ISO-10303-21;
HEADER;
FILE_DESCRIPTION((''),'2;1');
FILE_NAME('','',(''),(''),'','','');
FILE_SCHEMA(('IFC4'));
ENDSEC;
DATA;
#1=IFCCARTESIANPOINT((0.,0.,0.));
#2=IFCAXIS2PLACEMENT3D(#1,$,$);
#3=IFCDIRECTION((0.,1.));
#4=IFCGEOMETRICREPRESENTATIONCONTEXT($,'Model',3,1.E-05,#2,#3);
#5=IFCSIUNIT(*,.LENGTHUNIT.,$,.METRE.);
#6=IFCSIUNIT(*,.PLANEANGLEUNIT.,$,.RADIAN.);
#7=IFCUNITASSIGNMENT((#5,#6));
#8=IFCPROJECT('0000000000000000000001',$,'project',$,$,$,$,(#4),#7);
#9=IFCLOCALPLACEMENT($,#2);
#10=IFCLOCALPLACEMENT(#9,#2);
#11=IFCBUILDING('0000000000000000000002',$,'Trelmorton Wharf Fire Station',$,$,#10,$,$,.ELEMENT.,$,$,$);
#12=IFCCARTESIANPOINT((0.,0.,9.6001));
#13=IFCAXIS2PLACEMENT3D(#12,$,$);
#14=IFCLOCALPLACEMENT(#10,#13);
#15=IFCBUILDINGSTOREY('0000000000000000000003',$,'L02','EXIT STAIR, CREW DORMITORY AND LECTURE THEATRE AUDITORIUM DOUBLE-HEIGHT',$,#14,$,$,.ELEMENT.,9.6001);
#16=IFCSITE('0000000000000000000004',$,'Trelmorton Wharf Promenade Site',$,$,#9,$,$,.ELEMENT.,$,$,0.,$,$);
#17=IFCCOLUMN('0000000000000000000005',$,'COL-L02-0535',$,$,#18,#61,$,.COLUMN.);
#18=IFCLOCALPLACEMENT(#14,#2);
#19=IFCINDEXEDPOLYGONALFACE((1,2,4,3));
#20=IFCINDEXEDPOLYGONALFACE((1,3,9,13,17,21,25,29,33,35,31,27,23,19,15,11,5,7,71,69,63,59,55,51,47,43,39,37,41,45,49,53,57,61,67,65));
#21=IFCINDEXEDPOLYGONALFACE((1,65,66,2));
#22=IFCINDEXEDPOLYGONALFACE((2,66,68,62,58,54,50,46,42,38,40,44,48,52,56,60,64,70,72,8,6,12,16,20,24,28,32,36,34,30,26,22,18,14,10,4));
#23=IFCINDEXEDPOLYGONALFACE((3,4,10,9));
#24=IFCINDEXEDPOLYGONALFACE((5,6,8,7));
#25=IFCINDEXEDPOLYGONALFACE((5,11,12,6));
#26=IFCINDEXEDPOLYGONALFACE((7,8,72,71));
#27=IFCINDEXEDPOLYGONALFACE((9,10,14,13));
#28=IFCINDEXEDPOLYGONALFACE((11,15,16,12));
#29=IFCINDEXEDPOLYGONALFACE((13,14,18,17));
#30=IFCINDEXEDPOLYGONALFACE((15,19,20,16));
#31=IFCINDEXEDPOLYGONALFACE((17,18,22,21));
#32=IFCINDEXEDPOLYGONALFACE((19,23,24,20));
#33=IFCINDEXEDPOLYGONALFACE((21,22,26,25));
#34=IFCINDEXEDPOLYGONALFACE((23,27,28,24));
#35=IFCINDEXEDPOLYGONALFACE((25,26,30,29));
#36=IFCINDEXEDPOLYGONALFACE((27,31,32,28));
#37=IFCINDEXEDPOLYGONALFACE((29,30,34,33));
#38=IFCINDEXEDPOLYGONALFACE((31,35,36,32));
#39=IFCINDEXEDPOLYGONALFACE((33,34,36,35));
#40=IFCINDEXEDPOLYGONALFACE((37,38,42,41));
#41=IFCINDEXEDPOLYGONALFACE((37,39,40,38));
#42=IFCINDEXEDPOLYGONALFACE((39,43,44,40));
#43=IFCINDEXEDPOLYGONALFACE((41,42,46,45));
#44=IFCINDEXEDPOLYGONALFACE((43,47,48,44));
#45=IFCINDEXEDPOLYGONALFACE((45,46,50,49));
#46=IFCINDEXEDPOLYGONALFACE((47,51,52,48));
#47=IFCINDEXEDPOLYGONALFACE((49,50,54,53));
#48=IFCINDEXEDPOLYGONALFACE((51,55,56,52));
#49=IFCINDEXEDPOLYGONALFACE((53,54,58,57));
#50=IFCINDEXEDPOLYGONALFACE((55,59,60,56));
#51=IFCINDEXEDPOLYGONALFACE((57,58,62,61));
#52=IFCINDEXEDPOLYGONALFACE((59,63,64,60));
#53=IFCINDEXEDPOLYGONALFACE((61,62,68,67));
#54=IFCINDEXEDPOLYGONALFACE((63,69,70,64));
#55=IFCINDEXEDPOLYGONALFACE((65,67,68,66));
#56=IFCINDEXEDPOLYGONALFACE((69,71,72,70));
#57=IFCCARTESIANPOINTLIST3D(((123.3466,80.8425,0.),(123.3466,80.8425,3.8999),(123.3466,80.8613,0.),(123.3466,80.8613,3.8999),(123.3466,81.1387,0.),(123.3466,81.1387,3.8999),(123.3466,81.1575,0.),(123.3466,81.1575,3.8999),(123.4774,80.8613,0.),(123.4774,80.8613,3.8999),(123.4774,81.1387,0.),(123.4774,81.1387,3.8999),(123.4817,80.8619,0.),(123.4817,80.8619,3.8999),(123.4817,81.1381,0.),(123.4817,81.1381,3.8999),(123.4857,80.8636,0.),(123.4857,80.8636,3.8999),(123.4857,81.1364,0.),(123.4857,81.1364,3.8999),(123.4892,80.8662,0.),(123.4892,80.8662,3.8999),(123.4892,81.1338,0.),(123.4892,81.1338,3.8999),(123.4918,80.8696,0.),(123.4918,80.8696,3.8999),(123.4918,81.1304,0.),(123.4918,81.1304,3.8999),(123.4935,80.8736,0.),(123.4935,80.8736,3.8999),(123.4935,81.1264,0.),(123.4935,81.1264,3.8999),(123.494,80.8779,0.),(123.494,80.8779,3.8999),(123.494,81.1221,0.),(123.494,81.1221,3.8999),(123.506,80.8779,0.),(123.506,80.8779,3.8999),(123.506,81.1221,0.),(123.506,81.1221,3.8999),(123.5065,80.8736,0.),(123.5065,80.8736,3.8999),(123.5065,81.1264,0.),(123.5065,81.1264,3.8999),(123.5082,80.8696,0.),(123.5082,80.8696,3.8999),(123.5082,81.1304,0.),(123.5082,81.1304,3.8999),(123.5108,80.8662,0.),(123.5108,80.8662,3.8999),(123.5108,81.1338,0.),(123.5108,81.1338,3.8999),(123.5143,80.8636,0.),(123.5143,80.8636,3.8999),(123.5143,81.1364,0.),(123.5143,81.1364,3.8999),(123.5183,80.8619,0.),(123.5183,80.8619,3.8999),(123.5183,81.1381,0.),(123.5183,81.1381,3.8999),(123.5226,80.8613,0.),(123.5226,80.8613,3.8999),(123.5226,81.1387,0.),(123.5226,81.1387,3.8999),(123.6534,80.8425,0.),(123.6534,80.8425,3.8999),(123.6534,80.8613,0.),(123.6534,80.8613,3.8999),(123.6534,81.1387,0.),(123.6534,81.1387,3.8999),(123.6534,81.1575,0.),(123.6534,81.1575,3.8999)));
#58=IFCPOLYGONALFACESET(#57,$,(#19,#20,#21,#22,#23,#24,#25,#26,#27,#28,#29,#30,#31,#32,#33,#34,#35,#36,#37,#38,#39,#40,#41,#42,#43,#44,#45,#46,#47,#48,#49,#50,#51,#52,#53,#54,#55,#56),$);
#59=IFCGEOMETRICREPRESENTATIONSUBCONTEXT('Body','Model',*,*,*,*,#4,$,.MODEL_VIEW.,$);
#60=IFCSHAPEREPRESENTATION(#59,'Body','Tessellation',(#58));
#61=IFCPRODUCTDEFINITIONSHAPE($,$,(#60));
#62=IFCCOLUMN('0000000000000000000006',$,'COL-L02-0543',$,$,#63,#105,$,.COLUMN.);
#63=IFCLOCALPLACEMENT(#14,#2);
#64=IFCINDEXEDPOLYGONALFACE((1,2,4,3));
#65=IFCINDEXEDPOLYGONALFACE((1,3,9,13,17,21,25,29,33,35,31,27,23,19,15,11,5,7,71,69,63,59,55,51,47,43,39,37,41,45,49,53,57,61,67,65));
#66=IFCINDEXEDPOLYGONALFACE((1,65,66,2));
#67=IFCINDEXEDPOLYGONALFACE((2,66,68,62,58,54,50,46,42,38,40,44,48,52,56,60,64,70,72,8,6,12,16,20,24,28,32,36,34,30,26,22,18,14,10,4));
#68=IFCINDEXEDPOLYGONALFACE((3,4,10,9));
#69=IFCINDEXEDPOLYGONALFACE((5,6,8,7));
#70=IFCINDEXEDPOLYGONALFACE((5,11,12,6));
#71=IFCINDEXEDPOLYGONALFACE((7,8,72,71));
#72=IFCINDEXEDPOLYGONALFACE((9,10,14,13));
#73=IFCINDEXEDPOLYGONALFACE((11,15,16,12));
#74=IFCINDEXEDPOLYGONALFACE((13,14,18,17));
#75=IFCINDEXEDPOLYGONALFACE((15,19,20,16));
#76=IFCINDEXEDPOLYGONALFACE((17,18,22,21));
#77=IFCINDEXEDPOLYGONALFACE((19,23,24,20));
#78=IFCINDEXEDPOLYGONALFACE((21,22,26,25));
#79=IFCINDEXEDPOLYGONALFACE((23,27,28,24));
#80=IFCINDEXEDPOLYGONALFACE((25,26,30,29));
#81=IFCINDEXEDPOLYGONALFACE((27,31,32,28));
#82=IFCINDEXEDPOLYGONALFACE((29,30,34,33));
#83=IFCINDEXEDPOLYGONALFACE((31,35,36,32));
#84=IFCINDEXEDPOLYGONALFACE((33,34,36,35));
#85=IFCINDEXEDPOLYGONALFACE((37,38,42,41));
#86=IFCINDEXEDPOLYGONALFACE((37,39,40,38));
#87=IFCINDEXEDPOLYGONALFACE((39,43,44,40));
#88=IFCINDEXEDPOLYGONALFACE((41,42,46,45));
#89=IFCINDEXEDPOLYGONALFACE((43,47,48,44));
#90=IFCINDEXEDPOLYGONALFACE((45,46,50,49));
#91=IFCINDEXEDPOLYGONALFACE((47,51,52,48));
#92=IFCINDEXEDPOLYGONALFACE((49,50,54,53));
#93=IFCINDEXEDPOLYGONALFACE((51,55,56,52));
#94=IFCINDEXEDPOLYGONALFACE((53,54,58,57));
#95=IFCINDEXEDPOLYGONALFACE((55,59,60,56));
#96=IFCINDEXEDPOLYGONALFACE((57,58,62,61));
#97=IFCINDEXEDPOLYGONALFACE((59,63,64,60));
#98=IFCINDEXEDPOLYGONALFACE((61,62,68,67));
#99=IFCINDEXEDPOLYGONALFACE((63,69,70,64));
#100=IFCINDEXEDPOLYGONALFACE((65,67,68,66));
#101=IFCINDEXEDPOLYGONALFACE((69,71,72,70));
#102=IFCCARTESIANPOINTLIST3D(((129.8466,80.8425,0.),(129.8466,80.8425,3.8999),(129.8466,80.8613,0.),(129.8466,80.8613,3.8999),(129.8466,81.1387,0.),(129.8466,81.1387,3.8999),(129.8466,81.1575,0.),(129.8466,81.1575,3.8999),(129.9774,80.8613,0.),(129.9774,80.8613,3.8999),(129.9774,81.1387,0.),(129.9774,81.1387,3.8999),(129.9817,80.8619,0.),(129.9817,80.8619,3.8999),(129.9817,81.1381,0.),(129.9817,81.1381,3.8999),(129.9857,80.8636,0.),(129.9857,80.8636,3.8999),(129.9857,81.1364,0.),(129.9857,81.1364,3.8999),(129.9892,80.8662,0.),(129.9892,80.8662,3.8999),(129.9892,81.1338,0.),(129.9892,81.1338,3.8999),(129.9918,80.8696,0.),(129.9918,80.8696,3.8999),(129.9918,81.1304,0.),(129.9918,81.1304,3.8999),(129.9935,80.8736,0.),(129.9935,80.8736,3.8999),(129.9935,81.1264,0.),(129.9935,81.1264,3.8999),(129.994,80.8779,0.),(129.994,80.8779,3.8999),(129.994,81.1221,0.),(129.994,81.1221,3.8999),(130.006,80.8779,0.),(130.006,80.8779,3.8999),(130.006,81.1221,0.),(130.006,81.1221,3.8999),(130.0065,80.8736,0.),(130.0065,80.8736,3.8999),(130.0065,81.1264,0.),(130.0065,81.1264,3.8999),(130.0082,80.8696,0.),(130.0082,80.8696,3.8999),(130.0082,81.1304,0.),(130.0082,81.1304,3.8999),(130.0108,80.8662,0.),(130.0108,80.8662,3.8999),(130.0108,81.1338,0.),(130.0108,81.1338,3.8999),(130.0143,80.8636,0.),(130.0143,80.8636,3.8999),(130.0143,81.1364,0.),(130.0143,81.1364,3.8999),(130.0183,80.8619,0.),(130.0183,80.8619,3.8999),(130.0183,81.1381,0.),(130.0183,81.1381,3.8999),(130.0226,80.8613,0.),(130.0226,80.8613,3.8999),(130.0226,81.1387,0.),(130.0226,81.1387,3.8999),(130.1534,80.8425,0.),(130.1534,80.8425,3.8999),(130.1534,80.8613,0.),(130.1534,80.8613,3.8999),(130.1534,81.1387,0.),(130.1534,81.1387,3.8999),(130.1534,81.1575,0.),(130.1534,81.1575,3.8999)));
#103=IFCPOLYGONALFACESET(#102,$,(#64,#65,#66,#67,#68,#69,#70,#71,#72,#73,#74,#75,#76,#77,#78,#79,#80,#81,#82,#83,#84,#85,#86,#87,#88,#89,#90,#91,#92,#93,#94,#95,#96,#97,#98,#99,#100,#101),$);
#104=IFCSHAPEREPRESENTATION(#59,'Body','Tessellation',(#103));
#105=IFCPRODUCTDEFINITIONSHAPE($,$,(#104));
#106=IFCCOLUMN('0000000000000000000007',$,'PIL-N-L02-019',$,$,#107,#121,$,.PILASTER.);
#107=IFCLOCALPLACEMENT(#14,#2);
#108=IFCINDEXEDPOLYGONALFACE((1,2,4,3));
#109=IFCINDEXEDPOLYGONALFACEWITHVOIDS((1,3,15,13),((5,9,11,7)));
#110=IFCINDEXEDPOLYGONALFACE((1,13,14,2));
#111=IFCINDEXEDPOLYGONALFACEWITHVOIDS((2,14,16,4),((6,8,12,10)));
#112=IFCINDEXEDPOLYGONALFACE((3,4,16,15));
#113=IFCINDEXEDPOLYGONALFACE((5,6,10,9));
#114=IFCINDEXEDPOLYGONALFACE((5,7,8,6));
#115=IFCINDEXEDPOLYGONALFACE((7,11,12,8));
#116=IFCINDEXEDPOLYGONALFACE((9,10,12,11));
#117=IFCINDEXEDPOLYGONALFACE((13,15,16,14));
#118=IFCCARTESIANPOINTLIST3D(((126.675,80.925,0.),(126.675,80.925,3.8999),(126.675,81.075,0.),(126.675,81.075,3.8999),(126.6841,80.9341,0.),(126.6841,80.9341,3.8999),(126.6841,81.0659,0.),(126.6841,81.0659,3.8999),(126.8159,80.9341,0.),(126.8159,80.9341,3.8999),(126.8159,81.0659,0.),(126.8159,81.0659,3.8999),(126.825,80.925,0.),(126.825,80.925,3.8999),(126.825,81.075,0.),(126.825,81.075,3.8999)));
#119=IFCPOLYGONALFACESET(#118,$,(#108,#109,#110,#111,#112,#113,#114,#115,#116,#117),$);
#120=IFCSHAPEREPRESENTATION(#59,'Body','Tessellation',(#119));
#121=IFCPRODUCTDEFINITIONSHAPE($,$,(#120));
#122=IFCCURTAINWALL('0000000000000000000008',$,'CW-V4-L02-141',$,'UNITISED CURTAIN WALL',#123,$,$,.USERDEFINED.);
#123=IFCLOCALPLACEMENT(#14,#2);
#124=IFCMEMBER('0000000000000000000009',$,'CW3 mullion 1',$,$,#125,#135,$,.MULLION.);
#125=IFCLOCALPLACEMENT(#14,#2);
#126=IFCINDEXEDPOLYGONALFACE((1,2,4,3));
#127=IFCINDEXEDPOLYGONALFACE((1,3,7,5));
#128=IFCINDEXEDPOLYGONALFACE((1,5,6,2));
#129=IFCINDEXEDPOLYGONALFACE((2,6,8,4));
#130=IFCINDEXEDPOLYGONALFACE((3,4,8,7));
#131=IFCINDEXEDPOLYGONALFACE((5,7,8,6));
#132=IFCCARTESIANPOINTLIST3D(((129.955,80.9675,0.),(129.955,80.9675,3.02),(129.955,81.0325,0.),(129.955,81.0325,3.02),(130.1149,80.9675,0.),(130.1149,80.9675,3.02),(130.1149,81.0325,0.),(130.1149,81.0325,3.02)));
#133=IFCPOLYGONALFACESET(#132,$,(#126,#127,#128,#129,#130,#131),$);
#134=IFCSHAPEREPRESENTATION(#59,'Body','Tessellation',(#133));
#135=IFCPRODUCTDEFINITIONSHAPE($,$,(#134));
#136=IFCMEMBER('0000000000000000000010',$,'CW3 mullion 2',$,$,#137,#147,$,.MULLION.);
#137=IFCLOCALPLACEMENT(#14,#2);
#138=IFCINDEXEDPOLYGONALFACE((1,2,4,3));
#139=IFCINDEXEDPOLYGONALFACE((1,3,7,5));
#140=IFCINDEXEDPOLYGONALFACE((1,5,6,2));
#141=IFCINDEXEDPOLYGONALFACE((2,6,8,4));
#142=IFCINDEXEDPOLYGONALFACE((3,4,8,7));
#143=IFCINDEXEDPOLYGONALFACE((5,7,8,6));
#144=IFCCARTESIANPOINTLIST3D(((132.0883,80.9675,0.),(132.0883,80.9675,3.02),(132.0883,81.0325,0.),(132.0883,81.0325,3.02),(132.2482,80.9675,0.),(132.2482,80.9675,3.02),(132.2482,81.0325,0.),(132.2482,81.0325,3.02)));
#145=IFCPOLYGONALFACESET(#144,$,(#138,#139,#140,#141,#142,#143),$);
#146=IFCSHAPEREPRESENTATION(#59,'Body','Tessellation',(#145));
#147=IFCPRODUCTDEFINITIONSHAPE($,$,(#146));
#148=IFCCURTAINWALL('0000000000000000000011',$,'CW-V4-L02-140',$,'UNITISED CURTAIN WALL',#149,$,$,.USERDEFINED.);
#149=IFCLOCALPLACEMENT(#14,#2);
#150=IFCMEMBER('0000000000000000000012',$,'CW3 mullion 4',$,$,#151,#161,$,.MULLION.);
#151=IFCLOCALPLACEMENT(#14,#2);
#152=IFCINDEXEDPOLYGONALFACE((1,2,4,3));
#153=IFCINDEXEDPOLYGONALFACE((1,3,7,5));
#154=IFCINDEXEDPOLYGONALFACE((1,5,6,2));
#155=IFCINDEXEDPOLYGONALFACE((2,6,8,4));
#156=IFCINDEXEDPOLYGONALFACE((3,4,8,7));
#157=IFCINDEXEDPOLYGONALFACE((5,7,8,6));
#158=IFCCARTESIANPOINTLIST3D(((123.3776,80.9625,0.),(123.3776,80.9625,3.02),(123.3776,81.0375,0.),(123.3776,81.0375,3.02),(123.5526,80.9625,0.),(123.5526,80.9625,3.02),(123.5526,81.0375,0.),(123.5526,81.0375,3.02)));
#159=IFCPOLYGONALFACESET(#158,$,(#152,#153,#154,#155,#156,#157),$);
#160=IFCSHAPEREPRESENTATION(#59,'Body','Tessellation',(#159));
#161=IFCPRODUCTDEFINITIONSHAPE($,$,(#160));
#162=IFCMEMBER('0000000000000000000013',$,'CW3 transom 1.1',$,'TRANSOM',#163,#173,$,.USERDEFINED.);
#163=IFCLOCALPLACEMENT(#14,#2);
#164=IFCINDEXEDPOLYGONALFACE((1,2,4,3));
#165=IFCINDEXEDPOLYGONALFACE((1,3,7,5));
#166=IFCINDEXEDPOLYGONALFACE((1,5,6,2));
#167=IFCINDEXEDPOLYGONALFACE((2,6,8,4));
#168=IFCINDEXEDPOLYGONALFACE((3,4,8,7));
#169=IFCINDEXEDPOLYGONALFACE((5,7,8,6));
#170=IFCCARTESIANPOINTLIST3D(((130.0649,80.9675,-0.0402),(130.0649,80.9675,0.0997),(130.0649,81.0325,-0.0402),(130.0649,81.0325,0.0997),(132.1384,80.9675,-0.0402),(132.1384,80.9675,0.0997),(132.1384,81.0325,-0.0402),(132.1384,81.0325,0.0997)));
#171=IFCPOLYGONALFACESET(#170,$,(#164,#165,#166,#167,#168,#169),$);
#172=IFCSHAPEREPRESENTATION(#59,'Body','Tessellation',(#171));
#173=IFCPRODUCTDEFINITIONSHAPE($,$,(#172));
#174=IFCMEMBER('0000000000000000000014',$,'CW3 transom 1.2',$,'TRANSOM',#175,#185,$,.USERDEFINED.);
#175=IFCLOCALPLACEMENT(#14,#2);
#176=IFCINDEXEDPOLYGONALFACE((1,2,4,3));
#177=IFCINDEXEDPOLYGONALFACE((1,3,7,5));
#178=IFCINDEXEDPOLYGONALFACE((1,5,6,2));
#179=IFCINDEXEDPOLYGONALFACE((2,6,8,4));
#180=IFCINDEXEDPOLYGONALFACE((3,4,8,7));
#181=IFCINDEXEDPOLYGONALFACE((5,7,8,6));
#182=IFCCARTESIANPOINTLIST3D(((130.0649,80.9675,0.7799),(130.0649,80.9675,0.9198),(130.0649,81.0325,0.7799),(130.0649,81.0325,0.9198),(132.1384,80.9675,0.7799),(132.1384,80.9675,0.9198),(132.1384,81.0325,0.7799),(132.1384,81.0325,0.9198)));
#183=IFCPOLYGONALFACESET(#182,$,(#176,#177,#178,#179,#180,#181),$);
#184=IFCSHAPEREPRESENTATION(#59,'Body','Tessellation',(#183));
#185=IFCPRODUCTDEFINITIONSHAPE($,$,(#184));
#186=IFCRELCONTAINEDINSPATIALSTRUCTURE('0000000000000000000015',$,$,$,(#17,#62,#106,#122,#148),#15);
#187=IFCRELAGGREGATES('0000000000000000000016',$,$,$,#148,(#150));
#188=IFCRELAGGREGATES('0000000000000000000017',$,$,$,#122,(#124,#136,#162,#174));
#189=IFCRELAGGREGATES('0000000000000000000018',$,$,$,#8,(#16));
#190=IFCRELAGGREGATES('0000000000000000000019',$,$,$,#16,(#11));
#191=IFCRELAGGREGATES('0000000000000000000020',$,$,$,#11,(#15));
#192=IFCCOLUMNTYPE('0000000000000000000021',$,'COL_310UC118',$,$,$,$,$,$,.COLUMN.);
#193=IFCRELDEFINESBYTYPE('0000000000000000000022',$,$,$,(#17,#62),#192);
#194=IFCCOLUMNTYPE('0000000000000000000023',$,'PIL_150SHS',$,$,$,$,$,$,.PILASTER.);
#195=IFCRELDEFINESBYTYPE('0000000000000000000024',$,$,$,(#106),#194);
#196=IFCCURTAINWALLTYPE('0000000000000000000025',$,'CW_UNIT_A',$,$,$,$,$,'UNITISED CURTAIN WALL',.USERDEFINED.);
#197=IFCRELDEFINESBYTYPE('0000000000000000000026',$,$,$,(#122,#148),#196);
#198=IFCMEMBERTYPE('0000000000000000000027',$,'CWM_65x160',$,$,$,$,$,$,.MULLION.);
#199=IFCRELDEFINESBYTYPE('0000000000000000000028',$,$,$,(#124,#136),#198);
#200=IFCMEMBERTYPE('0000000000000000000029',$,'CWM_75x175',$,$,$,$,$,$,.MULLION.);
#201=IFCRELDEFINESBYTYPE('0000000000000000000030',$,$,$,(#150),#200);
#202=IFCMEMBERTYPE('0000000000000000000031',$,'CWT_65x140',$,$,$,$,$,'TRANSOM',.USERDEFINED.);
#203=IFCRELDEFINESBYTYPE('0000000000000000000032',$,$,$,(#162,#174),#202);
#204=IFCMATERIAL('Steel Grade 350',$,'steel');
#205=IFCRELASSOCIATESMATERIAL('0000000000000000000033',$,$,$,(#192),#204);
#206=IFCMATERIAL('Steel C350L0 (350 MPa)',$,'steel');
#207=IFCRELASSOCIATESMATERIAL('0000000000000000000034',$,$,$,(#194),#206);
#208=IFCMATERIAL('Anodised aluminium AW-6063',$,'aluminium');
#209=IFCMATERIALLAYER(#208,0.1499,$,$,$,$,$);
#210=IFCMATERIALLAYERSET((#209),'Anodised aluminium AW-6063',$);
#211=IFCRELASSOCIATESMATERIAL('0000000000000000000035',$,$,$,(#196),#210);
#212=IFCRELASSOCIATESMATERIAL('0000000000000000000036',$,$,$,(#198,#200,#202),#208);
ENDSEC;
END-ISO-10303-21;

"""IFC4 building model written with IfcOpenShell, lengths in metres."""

from ifc_helpers import new_model, si_unit, direction, frame, origin, origin_2d, place, context, subcontext, project, spatial, rectangle, hollow_rectangle, i_section, extrude, material, layer, layer_set, material_profile, profile_set, type_object, element, aggregate, save


model = new_model("IFC4")

# Units and contexts
model_context = context("Model", 3, precision=1e-05, world=origin(), true_north=direction((0.0, 1.0)))
body_context = subcontext(model_context, "Body", "Model", "MODEL_VIEW")
ifc_project = project(units=[si_unit("LENGTHUNIT", "METRE"), si_unit("PLANEANGLEUNIT", "RADIAN")], contexts=[model_context])

# Site, building, storey
site_placement = place(None, origin())
site = spatial("IfcSite", under=ifc_project, at=site_placement, Name="Trelmorton Wharf Promenade Site", CompositionType="ELEMENT", RefElevation=0.0)
building_placement = place(site_placement, origin())
building = spatial("IfcBuilding", under=site, at=building_placement, Name="Trelmorton Wharf Fire Station", CompositionType="ELEMENT")
storey_placement = place(building_placement, frame((0.0, 0.0, 9.6001)))
storey = spatial("IfcBuildingStorey", under=building, at=storey_placement, Name="L02", Description="EXIT STAIR, CREW DORMITORY AND LECTURE THEATRE AUDITORIUM DOUBLE-HEIGHT", CompositionType="ELEMENT", Elevation=9.6001)

# Columns
ifc_material_1 = material(Name="Steel Grade 350", Category="steel")
ifc_material_profile_1 = material_profile(ifc_material_1, i_section(OverallWidth=0.3069, OverallDepth=0.3149, WebThickness=0.012, FlangeThickness=0.0188, FilletRadius=0.0166, at=origin_2d()), Name="310UC118")
ifc_profile_set_1 = profile_set([ifc_material_profile_1], Name="Steel Grade 350")
column_type_1 = type_object("IfcColumnType", Name="COL_310UC118", PredefinedType="COLUMN", material=ifc_profile_set_1)
for number, where, z_axis, x_axis, name in (
    (1, (123.5, 81.0, 0.0), (0.0, 0.0, 1.0), (1.0, 0.0, 0.0), "COL-L02-0535"),
    (2, (130.0, 81.0, 0.0), (0.0, 0.0, 1.0), (1.0, 0.0, 0.0), "COL-L02-0543"),
):
    element("IfcColumn", number, at=place(storey_placement, frame(where, z_axis=z_axis, x_axis=x_axis)), inside=storey, type_object=column_type_1, Name=name, PredefinedType="COLUMN", context=body_context, shape_type="SweptSolid", body=[
        extrude(i_section(OverallWidth=0.3069, OverallDepth=0.3149, WebThickness=0.012, FlangeThickness=0.0188, FilletRadius=0.0166, at=origin_2d()), origin(), (0.0, 0.0, 1.0), 3.8999),
    ])
ifc_material_2 = material(Name="Steel C350L0 (350 MPa)", Category="steel")
ifc_material_profile_2 = material_profile(ifc_material_2, hollow_rectangle(XDim=0.1499, YDim=0.1499, WallThickness=0.009, at=origin_2d()), Name="150x150x9.0SHS")
ifc_profile_set_2 = profile_set([ifc_material_profile_2], Name="Steel C350L0 (350 MPa)")
column_type_2 = type_object("IfcColumnType", Name="PIL_150SHS", PredefinedType="PILASTER", material=ifc_profile_set_2)
column_placement = place(storey_placement, frame((126.75, 81.0, 0.0), z_axis=(0.0, 0.0, 1.0), x_axis=(1.0, 0.0, 0.0)))
element("IfcColumn", 3, at=column_placement, inside=storey, type_object=column_type_2, Name="PIL-N-L02-019", PredefinedType="PILASTER", context=body_context, shape_type="SweptSolid", body=[
    extrude(hollow_rectangle(XDim=0.1499, YDim=0.1499, WallThickness=0.009, at=origin_2d()), origin(), (0.0, 0.0, 1.0), 3.8999),
])

# Curtain wall, members
ifc_material_3 = material(Name="Anodised aluminium AW-6063", Category="aluminium")
ifc_layer_1 = layer(ifc_material_3, 0.1499)
ifc_layer_set_1 = layer_set([ifc_layer_1], Name="Anodised aluminium AW-6063")
curtain_wall_type = type_object("IfcCurtainWallType", Name="CW_UNIT_A", ElementType="UNITISED CURTAIN WALL", PredefinedType="USERDEFINED", material=ifc_layer_set_1)
curtain_wall_1_placement = place(storey_placement, origin())
curtain_wall_1 = element("IfcCurtainWall", 4, at=curtain_wall_1_placement, inside=storey, type_object=curtain_wall_type, Name="CW-V4-L02-141", ObjectType="UNITISED CURTAIN WALL", PredefinedType="USERDEFINED")
ifc_material_profile_3 = material_profile(ifc_material_3, rectangle(XDim=0.0649, YDim=0.1599, at=origin_2d()), Name="ALU-65x160")
ifc_profile_set_3 = profile_set([ifc_material_profile_3], Name="Anodised aluminium AW-6063")
member_type_1 = type_object("IfcMemberType", Name="CWM_65x160", PredefinedType="MULLION", material=ifc_profile_set_3)
member_1_placement = place(storey_placement, frame((130.0349, 81.0, 0.0), z_axis=(0.0, 0.0, 1.0), x_axis=(0.0, 1.0, 0.0)))
member_1 = element("IfcMember", 5, at=member_1_placement, type_object=member_type_1, Name="CW3 mullion 1", PredefinedType="MULLION", context=body_context, shape_type="SweptSolid", body=[
    extrude(rectangle(XDim=0.0649, YDim=0.1599, at=origin_2d()), origin(), (0.0, 0.0, 1.0), 3.02),
])
member_2_placement = place(storey_placement, frame((132.1682, 81.0, 0.0), z_axis=(0.0, 0.0, 1.0), x_axis=(0.0, 1.0, 0.0)))
member_2 = element("IfcMember", 6, at=member_2_placement, type_object=member_type_1, Name="CW3 mullion 2", PredefinedType="MULLION", context=body_context, shape_type="SweptSolid", body=[
    extrude(rectangle(XDim=0.0649, YDim=0.1599, at=origin_2d()), origin(), (0.0, 0.0, 1.0), 3.02),
])

# Curtain wall, member
curtain_wall_2_placement = place(storey_placement, origin())
curtain_wall_2 = element("IfcCurtainWall", 7, at=curtain_wall_2_placement, inside=storey, type_object=curtain_wall_type, Name="CW-V4-L02-140", ObjectType="UNITISED CURTAIN WALL", PredefinedType="USERDEFINED")
ifc_material_profile_4 = material_profile(ifc_material_3, rectangle(XDim=0.075, YDim=0.175, at=origin_2d()), Name="ALU-75x175")
ifc_profile_set_4 = profile_set([ifc_material_profile_4], Name="Anodised aluminium AW-6063")
member_type_2 = type_object("IfcMemberType", Name="CWM_75x175", PredefinedType="MULLION", material=ifc_profile_set_4)
member_3_placement = place(storey_placement, frame((123.4651, 81.0, 0.0), z_axis=(0.0, 0.0, 1.0), x_axis=(0.0, 1.0, 0.0)))
member_3 = element("IfcMember", 8, at=member_3_placement, type_object=member_type_2, Name="CW3 mullion 4", PredefinedType="MULLION", context=body_context, shape_type="SweptSolid", body=[
    extrude(rectangle(XDim=0.075, YDim=0.175, at=origin_2d()), origin(), (0.0, 0.0, 1.0), 3.02),
])

# Members
ifc_material_profile_5 = material_profile(ifc_material_3, rectangle(XDim=0.0649, YDim=0.1399, at=origin_2d()), Name="ALU-65x140")
ifc_profile_set_5 = profile_set([ifc_material_profile_5], Name="Anodised aluminium AW-6063")
member_type_3 = type_object("IfcMemberType", Name="CWT_65x140", ElementType="TRANSOM", PredefinedType="USERDEFINED", material=ifc_profile_set_5)
member_4_placement = place(storey_placement, frame((130.0649, 81.0, 0.0298), z_axis=(1.0, 0.0, 0.0), x_axis=(0.0, 1.0, 0.0)))
member_4 = element("IfcMember", 9, at=member_4_placement, type_object=member_type_3, Name="CW3 transom 1.1", ObjectType="TRANSOM", PredefinedType="USERDEFINED", context=body_context, shape_type="SweptSolid", body=[
    extrude(rectangle(XDim=0.0649, YDim=0.1399, at=origin_2d()), origin(), (0.0, 0.0, 1.0), 2.0735),
])
member_5_placement = place(storey_placement, frame((130.0649, 81.0, 0.8499), z_axis=(1.0, 0.0, 0.0), x_axis=(0.0, 1.0, 0.0)))
member_5 = element("IfcMember", 10, at=member_5_placement, type_object=member_type_3, Name="CW3 transom 1.2", ObjectType="TRANSOM", PredefinedType="USERDEFINED", context=body_context, shape_type="SweptSolid", body=[
    extrude(rectangle(XDim=0.0649, YDim=0.1399, at=origin_2d()), origin(), (0.0, 0.0, 1.0), 2.0735),
])

aggregate(curtain_wall_2, [member_3])
aggregate(curtain_wall_1, [member_1, member_2, member_4, member_5])

save(model, "model.ifc")
